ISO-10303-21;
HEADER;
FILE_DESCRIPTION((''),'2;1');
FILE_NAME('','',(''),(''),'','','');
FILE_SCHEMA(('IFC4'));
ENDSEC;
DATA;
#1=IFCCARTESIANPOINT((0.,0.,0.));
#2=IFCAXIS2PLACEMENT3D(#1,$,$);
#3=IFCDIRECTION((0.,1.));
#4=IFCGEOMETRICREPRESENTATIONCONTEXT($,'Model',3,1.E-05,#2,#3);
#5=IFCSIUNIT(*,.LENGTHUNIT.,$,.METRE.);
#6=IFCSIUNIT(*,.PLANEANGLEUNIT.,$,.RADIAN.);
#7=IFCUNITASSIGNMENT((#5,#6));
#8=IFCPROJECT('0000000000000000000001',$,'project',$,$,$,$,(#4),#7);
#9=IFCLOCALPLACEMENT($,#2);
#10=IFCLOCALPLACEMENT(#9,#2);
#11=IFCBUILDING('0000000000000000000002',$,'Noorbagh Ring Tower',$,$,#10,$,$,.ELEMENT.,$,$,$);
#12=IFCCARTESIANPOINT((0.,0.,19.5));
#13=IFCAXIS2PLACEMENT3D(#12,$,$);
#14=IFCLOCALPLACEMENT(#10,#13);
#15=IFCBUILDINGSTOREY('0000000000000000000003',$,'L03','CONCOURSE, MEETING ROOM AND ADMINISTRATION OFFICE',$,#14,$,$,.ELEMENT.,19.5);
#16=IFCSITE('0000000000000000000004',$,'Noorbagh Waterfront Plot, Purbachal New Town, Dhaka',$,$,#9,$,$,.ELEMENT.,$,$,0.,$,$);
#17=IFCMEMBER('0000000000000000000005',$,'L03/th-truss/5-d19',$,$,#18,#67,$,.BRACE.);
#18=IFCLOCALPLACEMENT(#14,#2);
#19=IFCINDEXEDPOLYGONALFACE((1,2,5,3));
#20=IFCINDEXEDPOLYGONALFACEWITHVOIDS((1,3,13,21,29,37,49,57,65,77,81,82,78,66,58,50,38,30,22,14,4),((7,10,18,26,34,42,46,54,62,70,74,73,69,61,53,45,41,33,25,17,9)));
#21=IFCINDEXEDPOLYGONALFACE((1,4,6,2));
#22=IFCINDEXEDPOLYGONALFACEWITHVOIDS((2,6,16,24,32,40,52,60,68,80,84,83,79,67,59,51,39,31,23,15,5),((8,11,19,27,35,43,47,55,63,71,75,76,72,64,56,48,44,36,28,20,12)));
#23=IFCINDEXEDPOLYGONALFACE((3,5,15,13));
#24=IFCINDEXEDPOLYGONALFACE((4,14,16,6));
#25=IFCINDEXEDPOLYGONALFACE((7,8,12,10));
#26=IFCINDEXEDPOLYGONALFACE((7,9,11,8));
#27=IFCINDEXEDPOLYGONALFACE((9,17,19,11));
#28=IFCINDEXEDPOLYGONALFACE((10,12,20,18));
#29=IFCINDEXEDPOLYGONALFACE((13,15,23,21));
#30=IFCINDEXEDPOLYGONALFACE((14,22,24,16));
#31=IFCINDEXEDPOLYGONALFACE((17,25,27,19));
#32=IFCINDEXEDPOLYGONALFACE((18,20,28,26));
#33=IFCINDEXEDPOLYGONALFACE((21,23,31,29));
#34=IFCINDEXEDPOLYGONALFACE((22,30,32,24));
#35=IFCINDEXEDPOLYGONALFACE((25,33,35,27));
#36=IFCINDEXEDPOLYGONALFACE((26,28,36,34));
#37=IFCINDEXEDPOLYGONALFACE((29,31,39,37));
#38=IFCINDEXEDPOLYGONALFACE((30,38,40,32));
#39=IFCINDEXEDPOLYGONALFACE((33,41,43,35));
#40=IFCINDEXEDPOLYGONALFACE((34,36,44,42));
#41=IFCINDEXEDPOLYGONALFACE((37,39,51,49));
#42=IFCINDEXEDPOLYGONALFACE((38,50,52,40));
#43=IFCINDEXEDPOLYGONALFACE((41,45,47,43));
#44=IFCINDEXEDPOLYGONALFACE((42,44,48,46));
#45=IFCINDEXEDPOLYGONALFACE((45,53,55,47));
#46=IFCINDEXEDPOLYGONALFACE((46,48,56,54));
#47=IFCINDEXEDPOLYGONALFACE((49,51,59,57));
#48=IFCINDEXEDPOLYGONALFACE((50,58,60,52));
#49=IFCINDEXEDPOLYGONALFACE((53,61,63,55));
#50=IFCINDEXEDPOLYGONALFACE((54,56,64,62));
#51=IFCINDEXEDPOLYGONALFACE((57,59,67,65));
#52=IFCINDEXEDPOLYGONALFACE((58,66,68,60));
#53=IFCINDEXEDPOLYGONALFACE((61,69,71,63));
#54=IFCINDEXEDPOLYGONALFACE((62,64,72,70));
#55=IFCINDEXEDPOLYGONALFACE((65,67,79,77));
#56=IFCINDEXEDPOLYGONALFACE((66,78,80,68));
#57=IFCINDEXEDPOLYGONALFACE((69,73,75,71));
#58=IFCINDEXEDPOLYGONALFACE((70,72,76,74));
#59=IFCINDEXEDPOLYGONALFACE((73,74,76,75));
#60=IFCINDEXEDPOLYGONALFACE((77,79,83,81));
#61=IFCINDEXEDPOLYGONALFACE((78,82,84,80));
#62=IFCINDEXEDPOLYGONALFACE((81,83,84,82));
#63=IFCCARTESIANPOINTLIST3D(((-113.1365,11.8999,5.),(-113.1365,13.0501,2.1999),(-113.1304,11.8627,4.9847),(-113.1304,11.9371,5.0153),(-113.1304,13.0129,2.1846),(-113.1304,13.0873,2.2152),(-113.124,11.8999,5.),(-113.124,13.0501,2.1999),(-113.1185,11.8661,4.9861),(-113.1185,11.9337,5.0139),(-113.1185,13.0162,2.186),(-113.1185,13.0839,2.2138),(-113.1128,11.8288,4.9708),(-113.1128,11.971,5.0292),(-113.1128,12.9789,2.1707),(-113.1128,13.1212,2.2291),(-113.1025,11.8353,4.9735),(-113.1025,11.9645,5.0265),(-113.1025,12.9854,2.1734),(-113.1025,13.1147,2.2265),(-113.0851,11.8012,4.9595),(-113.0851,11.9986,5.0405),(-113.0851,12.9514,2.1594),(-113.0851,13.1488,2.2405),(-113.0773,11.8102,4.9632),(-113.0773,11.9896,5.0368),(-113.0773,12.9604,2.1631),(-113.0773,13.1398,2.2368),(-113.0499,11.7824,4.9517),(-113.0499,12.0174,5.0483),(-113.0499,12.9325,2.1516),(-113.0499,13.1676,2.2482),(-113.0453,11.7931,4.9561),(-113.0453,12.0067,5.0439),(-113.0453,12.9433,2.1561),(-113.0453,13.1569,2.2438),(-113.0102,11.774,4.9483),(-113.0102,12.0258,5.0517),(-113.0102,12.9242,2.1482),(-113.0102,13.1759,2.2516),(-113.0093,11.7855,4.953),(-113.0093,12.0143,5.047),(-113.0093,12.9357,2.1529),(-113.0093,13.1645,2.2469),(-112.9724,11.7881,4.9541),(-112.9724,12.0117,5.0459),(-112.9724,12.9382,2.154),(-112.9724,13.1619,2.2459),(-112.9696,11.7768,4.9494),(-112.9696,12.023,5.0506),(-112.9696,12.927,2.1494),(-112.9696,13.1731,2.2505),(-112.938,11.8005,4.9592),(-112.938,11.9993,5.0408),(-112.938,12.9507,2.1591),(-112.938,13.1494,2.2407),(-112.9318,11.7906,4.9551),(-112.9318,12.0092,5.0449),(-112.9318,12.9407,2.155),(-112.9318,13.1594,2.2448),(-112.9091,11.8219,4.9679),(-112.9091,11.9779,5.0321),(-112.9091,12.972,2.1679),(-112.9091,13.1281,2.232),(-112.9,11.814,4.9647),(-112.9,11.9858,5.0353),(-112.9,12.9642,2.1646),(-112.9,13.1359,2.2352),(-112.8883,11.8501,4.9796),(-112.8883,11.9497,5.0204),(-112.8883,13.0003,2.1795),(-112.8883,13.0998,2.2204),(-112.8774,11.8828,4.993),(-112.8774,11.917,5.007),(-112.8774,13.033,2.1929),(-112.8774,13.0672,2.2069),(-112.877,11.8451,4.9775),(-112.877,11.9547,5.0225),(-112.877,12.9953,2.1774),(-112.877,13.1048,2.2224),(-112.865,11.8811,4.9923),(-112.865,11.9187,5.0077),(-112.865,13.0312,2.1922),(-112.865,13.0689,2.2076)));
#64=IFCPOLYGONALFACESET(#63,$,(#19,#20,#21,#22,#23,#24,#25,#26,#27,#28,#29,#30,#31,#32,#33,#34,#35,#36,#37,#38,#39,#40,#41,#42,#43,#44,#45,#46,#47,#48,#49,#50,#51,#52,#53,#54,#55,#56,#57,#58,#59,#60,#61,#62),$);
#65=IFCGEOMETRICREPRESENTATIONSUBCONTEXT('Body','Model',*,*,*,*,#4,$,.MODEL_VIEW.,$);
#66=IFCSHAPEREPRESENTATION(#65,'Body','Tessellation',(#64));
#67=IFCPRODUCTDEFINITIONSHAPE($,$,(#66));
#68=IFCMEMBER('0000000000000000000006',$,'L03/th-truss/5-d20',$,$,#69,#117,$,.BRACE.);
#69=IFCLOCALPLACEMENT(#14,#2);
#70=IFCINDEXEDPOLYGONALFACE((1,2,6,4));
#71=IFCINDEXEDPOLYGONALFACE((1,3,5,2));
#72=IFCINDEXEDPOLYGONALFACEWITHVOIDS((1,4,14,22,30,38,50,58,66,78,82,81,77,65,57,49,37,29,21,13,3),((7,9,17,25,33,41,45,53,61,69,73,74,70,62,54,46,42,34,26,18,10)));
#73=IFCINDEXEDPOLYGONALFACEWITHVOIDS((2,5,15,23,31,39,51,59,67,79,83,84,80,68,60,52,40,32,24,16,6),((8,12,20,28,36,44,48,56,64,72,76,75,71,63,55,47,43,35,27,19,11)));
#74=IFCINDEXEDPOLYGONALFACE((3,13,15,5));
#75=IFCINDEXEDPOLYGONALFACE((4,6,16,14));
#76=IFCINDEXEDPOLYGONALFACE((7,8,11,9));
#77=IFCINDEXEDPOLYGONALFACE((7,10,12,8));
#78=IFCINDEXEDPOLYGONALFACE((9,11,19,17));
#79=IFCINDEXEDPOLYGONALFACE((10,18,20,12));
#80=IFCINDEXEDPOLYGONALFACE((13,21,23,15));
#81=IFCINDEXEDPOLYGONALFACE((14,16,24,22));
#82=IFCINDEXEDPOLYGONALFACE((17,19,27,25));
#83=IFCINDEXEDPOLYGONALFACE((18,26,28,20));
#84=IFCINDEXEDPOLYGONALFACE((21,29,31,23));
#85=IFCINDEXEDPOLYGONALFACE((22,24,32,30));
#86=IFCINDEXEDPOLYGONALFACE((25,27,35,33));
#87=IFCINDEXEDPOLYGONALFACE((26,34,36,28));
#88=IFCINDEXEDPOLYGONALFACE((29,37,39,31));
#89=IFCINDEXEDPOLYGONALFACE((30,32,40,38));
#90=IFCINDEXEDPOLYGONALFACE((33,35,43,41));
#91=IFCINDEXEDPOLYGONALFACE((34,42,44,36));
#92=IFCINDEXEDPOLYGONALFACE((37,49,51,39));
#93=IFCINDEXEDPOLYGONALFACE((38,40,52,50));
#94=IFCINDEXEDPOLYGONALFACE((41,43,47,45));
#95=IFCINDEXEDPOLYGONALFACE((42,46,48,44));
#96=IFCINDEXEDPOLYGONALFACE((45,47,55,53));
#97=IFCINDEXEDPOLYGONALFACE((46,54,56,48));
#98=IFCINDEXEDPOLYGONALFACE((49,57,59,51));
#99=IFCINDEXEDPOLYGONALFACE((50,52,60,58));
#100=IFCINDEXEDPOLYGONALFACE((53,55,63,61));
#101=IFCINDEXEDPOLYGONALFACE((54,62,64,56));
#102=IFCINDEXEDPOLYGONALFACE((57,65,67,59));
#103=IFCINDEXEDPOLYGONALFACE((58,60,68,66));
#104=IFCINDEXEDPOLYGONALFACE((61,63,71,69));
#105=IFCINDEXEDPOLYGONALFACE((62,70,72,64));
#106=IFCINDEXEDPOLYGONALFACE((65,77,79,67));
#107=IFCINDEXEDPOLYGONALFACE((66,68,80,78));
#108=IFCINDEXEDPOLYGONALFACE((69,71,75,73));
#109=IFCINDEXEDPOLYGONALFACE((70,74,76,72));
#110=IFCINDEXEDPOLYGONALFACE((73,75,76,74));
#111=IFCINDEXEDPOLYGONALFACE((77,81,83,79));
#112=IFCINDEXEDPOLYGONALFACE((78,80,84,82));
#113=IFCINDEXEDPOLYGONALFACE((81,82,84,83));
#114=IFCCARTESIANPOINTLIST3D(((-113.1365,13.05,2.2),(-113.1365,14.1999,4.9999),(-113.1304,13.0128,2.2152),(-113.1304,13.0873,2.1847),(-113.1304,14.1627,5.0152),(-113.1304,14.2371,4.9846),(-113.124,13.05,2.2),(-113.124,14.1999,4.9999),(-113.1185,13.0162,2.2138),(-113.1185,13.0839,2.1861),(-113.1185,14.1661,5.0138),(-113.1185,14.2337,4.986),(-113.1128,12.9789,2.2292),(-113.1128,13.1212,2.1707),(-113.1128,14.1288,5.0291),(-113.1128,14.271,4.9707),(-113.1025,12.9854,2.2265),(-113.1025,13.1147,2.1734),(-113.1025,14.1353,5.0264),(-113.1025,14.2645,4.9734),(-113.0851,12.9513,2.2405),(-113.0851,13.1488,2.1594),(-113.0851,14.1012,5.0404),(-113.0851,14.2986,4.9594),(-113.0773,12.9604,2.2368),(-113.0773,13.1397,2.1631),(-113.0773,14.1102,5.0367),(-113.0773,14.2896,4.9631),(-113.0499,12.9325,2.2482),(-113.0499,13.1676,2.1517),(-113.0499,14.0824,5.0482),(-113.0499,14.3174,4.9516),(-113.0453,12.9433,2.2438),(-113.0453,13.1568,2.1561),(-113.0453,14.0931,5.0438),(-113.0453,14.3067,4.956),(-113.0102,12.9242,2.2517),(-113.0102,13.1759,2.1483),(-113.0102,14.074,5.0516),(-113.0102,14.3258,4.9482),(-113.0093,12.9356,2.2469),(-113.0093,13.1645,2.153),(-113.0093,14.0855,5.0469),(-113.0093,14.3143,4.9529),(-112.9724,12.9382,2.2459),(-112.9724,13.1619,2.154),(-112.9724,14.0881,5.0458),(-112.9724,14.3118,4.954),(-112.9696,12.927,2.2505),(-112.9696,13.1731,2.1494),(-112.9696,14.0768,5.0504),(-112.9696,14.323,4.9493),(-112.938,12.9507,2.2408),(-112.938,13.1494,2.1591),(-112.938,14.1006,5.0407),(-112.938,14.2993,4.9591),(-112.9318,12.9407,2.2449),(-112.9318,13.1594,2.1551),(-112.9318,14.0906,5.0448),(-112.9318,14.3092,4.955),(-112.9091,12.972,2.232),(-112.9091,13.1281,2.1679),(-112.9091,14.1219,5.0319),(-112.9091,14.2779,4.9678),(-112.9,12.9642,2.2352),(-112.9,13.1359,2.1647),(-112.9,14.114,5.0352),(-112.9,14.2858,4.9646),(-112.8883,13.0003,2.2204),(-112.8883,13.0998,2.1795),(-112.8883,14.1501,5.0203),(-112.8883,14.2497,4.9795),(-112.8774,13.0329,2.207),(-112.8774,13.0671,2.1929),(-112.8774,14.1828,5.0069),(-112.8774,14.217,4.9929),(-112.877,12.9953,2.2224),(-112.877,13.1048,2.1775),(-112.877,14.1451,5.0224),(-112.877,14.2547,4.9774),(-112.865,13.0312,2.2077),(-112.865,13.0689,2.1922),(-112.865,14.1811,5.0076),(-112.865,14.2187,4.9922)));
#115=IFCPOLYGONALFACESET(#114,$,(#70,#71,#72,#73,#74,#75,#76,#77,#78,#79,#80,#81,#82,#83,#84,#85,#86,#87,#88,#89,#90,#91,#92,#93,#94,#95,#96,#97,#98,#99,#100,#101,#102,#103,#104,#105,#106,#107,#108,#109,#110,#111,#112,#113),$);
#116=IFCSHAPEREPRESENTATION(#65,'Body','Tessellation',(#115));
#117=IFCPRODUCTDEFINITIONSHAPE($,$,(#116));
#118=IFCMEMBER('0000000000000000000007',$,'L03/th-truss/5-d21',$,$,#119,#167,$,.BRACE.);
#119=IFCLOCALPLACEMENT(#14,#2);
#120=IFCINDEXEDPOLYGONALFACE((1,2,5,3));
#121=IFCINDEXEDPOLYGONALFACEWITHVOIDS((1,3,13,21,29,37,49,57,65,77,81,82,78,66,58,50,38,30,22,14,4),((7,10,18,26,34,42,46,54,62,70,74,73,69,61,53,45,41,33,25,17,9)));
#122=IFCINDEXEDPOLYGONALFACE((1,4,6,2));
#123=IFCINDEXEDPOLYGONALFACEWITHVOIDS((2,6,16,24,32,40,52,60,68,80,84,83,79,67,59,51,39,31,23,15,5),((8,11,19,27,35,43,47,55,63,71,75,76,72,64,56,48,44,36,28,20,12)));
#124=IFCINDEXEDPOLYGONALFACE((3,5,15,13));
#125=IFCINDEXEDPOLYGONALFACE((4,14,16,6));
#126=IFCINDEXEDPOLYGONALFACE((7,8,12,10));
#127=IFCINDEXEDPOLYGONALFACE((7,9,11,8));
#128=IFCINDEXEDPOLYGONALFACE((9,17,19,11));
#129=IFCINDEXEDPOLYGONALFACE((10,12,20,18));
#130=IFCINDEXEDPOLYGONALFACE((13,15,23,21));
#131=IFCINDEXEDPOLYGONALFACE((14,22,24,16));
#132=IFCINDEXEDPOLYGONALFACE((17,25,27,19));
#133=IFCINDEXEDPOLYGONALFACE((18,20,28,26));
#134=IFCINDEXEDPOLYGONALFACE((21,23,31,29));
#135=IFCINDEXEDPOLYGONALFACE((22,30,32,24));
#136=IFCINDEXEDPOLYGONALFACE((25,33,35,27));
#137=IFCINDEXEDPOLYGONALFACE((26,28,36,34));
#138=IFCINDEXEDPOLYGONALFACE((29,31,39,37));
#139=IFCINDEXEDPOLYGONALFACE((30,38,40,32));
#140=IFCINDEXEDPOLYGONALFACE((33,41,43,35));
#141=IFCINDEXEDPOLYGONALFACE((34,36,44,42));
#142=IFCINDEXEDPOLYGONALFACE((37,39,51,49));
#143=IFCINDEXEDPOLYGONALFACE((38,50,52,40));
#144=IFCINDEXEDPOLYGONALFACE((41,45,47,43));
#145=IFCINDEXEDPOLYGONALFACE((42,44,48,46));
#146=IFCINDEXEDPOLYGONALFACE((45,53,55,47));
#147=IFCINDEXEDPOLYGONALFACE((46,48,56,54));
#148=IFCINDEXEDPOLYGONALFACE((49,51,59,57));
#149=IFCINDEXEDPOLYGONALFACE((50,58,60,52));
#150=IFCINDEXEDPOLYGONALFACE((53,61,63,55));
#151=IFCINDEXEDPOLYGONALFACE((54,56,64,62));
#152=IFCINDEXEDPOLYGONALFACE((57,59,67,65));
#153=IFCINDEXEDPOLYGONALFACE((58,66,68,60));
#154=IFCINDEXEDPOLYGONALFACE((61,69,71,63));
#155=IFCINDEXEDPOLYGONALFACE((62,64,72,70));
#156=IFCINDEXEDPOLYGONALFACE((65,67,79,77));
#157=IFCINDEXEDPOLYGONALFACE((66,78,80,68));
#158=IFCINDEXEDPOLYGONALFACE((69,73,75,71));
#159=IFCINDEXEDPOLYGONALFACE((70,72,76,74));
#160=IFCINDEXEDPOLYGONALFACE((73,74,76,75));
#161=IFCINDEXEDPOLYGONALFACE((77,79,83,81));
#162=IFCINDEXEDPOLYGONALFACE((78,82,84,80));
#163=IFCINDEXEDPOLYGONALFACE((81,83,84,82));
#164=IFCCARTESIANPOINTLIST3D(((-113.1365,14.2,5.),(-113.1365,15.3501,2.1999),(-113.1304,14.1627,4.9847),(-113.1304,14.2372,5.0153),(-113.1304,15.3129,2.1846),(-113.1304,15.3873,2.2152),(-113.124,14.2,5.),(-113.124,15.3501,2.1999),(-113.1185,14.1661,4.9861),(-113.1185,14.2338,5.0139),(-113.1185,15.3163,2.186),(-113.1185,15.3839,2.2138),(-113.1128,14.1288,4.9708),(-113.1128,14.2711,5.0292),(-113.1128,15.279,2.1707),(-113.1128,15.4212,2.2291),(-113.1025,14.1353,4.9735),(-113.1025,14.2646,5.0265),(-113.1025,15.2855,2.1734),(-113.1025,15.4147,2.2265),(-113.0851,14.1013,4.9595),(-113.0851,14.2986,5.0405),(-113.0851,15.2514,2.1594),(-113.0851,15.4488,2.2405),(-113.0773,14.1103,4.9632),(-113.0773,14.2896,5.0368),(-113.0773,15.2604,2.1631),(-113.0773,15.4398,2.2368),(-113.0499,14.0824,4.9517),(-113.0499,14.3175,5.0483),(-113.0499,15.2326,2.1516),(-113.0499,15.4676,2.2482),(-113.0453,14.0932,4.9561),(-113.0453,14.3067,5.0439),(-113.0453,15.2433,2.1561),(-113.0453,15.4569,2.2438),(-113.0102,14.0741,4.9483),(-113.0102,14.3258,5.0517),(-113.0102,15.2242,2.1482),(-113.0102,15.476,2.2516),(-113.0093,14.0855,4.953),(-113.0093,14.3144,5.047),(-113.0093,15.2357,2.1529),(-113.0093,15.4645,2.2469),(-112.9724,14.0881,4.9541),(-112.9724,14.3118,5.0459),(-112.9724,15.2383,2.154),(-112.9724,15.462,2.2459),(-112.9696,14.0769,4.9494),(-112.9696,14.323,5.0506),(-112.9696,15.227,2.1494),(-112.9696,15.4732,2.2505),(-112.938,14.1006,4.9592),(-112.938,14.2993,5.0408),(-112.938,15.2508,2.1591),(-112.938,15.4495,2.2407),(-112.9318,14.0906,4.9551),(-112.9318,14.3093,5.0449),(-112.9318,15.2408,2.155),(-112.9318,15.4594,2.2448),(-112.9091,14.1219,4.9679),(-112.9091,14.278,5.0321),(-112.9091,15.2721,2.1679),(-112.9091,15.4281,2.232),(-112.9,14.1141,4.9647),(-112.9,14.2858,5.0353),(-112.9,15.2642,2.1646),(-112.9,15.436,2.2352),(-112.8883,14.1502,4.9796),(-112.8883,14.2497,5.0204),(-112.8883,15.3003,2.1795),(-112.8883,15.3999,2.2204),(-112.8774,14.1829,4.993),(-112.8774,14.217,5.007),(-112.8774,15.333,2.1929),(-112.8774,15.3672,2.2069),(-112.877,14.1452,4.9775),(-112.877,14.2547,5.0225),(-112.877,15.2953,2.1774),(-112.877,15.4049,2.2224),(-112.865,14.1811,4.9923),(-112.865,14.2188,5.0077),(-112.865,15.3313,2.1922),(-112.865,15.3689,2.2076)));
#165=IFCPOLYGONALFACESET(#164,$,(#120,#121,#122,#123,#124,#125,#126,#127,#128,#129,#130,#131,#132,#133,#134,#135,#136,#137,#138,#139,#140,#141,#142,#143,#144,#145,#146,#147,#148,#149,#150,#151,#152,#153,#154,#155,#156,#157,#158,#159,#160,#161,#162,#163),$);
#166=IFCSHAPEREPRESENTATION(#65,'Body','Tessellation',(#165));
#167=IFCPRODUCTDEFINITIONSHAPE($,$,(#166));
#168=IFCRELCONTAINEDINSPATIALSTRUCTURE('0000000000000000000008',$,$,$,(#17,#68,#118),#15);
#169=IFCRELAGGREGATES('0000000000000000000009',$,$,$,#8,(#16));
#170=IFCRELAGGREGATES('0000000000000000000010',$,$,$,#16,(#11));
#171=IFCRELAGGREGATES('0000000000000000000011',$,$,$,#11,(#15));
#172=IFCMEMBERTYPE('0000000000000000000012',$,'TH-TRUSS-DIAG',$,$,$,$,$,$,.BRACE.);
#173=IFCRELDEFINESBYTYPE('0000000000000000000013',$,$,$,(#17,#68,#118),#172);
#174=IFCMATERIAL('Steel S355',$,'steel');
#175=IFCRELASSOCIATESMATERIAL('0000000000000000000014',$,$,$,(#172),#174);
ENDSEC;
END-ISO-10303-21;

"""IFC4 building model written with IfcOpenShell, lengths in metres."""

from ifc_helpers import new_model, si_unit, direction, frame, origin, origin_2d, place, context, subcontext, project, spatial, hollow_circle, extrude, material, material_profile, profile_set, type_object, element, save


model = new_model("IFC4")

# Units and contexts
model_context = context("Model", 3, precision=1e-05, world=origin(), true_north=direction((0.0, 1.0)))
body_context = subcontext(model_context, "Body", "Model", "MODEL_VIEW")
ifc_project = project(units=[si_unit("LENGTHUNIT", "METRE"), si_unit("PLANEANGLEUNIT", "RADIAN")], contexts=[model_context])

# Site, building, storey
site_placement = place(None, origin())
site = spatial("IfcSite", under=ifc_project, at=site_placement, Name="Noorbagh Waterfront Plot, Purbachal New Town, Dhaka", CompositionType="ELEMENT", RefElevation=0.0)
building_placement = place(site_placement, origin())
building = spatial("IfcBuilding", under=site, at=building_placement, Name="Noorbagh Ring Tower", CompositionType="ELEMENT")
storey_placement = place(building_placement, frame((0.0, 0.0, 19.5)))
storey = spatial("IfcBuildingStorey", under=building, at=storey_placement, Name="L03", Description="CONCOURSE, MEETING ROOM AND ADMINISTRATION OFFICE", CompositionType="ELEMENT", Elevation=19.5)

# Members
ifc_material_1 = material(Name="Steel S355", Category="steel")
ifc_material_profile = material_profile(ifc_material_1, hollow_circle(Radius=0.1365, WallThickness=0.0125, at=origin_2d()), Name="CHS273x12.5")
ifc_profile_set = profile_set([ifc_material_profile], Name="Steel S355")
member_type = type_object("IfcMemberType", Name="TH-TRUSS-DIAG", PredefinedType="BRACE", material=ifc_profile_set)
member_1_placement = place(storey_placement, frame((-113.0, 11.8999, 5.0), z_axis=(0.0, 0.379955, -0.925005), x_axis=(-1.0, 0.0, 0.0)))
element("IfcMember", 1, at=member_1_placement, inside=storey, type_object=member_type, Name="L03/th-truss/5-d19", PredefinedType="BRACE", context=body_context, shape_type="SweptSolid", body=[
    extrude(hollow_circle(Radius=0.1365, WallThickness=0.0125, at=origin_2d()), origin(), (0.0, 0.0, 1.0), 3.0271),
])
member_2_placement = place(storey_placement, frame((-113.0, 13.05, 2.2), z_axis=(0.0, 0.379886, 0.925033), x_axis=(-1.0, 0.0, 0.0)))
element("IfcMember", 2, at=member_2_placement, inside=storey, type_object=member_type, Name="L03/th-truss/5-d20", PredefinedType="BRACE", context=body_context, shape_type="SweptSolid", body=[
    extrude(hollow_circle(Radius=0.1365, WallThickness=0.0125, at=origin_2d()), origin(), (0.0, 0.0, 1.0), 3.0269),
])
member_3_placement = place(storey_placement, frame((-113.0, 14.2, 5.0), z_axis=(0.0, 0.379955, -0.925005), x_axis=(-1.0, 0.0, 0.0)))
element("IfcMember", 3, at=member_3_placement, inside=storey, type_object=member_type, Name="L03/th-truss/5-d21", PredefinedType="BRACE", context=body_context, shape_type="SweptSolid", body=[
    extrude(hollow_circle(Radius=0.1365, WallThickness=0.0125, at=origin_2d()), origin(), (0.0, 0.0, 1.0), 3.0271),
])

save(model, "model.ifc")
